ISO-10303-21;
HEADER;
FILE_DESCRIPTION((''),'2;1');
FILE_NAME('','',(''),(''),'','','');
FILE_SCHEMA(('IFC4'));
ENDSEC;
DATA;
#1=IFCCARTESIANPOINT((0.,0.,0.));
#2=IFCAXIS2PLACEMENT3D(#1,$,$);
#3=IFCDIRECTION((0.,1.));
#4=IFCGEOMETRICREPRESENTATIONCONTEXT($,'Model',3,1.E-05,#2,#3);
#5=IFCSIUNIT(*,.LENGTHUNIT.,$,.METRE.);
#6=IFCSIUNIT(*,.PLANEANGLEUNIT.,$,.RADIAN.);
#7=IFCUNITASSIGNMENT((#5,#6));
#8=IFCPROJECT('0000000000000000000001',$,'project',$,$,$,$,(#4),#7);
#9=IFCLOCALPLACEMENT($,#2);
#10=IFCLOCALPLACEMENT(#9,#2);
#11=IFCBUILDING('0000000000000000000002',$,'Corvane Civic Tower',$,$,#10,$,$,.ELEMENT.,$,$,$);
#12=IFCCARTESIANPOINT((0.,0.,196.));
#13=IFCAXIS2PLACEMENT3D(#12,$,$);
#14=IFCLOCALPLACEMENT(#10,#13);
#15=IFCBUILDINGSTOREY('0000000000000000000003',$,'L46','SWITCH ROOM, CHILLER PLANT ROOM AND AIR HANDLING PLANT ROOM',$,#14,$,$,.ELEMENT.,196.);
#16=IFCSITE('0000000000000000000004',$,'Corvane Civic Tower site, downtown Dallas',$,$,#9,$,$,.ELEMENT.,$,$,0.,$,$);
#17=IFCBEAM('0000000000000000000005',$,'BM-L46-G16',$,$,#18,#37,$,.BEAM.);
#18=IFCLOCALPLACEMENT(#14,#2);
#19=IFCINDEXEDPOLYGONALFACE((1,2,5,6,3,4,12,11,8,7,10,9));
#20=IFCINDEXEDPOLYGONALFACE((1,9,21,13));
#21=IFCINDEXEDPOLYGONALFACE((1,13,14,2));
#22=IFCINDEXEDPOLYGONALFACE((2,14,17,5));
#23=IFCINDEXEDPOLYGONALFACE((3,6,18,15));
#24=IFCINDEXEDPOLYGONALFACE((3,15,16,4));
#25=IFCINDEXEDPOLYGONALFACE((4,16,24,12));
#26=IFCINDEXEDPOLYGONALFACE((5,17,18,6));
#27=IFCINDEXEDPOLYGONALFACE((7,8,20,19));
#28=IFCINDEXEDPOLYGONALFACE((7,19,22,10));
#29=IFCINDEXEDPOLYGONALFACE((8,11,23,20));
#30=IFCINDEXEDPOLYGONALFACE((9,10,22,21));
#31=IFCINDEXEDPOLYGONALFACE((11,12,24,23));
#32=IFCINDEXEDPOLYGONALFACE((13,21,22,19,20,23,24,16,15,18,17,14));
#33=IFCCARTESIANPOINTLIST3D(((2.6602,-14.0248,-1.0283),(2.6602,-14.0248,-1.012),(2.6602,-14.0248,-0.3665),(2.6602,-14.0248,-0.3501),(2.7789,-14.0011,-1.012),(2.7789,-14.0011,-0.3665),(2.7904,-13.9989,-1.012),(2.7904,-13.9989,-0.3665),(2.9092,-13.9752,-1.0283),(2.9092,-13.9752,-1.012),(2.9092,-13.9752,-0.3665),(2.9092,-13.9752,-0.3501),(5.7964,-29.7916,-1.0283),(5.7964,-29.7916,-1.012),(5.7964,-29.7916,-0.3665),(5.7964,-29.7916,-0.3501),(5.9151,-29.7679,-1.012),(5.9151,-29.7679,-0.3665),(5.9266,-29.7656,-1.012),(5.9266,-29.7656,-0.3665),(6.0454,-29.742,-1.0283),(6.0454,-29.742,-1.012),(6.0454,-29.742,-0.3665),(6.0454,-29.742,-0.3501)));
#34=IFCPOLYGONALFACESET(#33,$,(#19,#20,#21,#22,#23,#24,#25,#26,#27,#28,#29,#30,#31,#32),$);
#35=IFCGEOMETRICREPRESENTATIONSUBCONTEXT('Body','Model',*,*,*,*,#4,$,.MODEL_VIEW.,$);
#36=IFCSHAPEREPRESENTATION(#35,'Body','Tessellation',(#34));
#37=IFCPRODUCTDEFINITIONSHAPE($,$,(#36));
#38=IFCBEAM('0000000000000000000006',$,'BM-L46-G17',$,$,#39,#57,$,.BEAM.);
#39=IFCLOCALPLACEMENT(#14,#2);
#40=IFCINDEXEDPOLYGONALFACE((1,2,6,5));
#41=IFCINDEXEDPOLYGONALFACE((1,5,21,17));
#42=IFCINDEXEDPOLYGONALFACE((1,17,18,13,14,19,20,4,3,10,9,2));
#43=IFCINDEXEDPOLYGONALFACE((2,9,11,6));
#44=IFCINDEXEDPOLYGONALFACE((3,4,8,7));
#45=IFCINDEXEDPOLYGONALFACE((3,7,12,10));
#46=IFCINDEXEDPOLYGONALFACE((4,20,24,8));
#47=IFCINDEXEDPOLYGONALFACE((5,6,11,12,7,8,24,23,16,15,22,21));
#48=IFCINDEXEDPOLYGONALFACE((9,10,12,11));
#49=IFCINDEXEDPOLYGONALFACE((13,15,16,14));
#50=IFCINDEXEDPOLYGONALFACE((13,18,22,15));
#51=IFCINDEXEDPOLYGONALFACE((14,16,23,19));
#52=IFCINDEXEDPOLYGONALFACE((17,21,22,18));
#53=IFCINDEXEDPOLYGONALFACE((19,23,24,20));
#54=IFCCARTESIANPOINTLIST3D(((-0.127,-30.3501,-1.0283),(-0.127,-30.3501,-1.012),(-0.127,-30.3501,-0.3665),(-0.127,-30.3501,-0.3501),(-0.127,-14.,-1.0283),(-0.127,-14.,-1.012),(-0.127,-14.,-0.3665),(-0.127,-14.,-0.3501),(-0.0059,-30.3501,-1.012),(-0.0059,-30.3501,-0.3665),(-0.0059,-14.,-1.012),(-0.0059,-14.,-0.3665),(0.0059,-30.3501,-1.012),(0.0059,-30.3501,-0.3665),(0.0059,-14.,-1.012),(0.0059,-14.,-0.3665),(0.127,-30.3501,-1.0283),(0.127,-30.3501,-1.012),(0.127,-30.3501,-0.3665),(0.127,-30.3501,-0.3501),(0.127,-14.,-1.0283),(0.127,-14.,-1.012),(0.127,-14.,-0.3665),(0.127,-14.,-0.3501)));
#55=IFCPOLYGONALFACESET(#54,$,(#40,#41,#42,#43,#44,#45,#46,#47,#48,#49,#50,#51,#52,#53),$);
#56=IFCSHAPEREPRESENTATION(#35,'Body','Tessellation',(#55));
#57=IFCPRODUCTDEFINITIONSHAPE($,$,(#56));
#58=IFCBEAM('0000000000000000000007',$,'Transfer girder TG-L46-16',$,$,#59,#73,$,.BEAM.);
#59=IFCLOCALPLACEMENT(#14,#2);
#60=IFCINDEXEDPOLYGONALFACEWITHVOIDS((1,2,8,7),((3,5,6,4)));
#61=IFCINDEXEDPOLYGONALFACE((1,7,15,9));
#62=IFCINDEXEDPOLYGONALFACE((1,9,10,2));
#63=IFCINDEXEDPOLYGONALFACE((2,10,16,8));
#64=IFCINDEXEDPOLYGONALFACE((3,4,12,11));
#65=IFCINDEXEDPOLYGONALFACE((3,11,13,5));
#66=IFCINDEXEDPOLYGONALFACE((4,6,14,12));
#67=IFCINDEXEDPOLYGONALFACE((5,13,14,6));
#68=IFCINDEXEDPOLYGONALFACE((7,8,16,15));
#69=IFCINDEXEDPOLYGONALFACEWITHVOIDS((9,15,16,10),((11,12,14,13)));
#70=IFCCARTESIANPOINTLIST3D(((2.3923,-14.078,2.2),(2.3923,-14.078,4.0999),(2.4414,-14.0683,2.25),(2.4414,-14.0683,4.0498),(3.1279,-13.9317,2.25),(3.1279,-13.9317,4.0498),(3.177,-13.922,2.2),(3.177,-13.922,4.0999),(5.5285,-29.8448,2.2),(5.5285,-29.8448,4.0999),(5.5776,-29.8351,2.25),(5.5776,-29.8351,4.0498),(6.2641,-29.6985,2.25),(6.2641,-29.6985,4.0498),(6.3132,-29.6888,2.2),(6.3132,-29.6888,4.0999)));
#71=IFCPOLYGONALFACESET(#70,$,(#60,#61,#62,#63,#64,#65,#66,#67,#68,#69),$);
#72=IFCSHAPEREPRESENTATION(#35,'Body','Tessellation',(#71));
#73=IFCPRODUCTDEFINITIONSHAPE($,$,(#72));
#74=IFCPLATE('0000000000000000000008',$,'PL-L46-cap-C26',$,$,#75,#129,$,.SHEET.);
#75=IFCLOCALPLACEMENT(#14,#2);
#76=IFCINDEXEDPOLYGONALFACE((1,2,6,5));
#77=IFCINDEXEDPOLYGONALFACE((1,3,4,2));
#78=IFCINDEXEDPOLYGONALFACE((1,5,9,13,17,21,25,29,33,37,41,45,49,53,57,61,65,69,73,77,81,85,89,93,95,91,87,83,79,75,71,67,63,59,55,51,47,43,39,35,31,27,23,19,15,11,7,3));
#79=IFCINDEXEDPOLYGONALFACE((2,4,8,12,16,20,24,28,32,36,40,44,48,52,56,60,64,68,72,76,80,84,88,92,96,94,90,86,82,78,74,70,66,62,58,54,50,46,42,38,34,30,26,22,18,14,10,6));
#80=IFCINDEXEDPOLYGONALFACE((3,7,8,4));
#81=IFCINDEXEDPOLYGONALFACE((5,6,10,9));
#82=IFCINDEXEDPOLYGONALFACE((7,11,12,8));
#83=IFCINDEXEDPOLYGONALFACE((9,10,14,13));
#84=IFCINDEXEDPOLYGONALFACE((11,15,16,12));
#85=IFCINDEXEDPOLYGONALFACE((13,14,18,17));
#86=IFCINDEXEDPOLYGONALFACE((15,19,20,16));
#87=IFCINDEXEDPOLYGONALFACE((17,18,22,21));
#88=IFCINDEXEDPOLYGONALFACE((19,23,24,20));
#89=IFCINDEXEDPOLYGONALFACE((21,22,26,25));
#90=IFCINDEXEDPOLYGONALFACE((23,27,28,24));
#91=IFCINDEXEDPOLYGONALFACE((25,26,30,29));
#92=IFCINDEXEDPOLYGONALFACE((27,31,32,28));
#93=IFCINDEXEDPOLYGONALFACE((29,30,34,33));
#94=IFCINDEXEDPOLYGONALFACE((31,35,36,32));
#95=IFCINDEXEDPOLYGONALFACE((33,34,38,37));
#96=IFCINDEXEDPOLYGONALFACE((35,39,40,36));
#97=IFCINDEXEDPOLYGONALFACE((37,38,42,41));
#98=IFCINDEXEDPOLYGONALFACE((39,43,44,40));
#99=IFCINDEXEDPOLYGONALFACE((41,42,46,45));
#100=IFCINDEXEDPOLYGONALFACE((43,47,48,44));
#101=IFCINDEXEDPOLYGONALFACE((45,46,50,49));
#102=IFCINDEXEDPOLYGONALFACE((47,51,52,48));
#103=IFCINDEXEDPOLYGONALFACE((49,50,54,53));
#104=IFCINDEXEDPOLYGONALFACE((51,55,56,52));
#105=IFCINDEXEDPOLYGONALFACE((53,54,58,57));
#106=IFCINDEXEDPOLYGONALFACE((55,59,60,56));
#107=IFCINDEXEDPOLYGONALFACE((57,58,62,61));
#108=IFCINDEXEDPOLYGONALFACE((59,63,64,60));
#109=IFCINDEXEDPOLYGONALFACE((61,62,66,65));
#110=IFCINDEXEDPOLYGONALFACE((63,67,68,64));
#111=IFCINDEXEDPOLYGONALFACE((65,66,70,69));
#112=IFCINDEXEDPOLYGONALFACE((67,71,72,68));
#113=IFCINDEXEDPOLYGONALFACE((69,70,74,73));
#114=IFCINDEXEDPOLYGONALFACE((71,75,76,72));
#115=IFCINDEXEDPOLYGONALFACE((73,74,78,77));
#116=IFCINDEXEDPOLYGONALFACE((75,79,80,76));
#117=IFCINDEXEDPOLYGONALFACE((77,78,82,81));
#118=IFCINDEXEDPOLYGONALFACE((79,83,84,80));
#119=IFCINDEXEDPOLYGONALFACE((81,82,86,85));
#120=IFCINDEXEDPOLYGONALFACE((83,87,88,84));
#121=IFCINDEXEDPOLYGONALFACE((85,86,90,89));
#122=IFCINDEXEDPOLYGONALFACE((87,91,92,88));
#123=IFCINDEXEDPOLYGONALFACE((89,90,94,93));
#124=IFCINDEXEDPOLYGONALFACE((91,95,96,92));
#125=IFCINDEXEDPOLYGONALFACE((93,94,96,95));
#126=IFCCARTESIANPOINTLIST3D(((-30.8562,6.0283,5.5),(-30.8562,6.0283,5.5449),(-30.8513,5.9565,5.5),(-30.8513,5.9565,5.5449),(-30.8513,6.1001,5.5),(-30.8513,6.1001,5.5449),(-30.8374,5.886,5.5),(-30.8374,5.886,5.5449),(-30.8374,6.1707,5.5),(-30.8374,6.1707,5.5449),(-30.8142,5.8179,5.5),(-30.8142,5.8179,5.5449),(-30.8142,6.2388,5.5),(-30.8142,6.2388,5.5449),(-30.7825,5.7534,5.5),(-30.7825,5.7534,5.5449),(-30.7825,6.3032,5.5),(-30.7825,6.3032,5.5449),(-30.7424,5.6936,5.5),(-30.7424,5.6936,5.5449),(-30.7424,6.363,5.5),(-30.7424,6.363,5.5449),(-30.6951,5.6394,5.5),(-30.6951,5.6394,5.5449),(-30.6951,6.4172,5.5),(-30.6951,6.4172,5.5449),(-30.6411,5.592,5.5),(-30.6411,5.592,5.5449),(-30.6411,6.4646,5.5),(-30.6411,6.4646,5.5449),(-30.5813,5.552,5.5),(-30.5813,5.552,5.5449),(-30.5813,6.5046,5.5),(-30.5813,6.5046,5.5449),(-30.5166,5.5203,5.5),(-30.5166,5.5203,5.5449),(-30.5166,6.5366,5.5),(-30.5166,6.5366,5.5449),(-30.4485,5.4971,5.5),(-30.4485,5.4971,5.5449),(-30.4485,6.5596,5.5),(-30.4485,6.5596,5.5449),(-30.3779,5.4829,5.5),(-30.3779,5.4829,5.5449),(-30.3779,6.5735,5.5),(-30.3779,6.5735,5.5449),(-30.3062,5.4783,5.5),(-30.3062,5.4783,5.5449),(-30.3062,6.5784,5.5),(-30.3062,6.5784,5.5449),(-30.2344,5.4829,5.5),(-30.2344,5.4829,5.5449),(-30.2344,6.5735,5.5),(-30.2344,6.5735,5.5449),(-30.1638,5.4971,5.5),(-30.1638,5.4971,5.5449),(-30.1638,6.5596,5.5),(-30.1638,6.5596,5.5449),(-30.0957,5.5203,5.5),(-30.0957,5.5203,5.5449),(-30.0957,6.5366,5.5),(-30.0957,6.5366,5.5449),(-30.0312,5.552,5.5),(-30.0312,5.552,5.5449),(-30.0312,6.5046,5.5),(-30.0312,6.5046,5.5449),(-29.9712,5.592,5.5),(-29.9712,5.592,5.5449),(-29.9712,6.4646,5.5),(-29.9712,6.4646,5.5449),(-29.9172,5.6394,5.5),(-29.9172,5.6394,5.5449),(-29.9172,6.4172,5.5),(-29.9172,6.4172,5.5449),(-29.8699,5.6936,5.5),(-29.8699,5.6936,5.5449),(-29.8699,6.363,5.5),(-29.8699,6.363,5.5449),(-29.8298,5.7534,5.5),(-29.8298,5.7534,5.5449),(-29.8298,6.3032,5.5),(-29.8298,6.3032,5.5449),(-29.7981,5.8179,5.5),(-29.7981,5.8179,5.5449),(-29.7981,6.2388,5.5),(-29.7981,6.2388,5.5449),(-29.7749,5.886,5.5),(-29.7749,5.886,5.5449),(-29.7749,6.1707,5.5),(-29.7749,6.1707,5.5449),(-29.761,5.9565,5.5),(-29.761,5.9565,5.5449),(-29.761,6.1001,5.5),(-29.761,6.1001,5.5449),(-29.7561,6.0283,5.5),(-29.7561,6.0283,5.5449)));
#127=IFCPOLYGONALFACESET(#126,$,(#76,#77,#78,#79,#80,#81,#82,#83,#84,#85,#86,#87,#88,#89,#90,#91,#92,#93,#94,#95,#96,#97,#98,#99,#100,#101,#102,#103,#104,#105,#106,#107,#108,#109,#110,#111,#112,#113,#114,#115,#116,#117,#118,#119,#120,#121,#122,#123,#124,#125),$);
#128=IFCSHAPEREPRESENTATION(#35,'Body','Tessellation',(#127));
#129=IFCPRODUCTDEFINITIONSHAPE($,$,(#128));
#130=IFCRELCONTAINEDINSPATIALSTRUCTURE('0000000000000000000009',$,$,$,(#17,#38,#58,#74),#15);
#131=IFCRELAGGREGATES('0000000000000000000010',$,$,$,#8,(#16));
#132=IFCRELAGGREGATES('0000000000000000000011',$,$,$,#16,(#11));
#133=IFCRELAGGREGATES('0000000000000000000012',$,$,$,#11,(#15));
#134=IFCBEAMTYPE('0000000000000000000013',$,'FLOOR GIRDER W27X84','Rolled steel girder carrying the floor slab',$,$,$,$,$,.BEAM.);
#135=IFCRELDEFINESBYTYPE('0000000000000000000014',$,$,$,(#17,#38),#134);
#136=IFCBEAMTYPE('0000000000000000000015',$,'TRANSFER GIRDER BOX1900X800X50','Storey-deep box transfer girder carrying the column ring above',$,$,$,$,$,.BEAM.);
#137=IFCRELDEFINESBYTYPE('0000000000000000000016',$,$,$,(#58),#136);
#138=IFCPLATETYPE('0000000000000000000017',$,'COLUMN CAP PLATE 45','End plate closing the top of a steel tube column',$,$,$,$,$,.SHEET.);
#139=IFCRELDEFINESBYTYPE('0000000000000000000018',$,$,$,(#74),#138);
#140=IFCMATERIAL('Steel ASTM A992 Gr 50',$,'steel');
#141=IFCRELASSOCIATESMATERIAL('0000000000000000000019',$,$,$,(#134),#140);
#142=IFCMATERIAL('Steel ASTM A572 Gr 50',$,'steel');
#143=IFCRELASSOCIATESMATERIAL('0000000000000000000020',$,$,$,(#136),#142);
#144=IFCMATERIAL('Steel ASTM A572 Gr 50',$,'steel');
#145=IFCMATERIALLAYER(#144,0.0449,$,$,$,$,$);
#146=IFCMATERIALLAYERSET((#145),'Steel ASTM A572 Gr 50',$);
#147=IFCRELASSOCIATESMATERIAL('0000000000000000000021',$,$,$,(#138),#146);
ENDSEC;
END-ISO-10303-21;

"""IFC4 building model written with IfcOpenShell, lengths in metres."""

from ifc_helpers import new_model, si_unit, direction, frame, origin, origin_2d, place, context, subcontext, project, spatial, polyline, hollow_rectangle, i_section, outline, extrude, material, layer, layer_set, material_profile, profile_set, type_object, element, save


model = new_model("IFC4")

# Units and contexts
model_context = context("Model", 3, precision=1e-05, world=origin(), true_north=direction((0.0, 1.0)))
body_context = subcontext(model_context, "Body", "Model", "MODEL_VIEW")
ifc_project = project(units=[si_unit("LENGTHUNIT", "METRE"), si_unit("PLANEANGLEUNIT", "RADIAN")], contexts=[model_context])

# Site, building, storey
site_placement = place(None, origin())
site = spatial("IfcSite", under=ifc_project, at=site_placement, Name="Corvane Civic Tower site, downtown Dallas", CompositionType="ELEMENT", RefElevation=0.0)
building_placement = place(site_placement, origin())
building = spatial("IfcBuilding", under=site, at=building_placement, Name="Corvane Civic Tower", CompositionType="ELEMENT")
storey_placement = place(building_placement, frame((0.0, 0.0, 196.0)))
storey = spatial("IfcBuildingStorey", under=building, at=storey_placement, Name="L46", Description="SWITCH ROOM, CHILLER PLANT ROOM AND AIR HANDLING PLANT ROOM", CompositionType="ELEMENT", Elevation=196.0)

# Beams
ifc_material_1 = material(Name="Steel ASTM A992 Gr 50", Category="steel")
ifc_material_profile_1 = material_profile(ifc_material_1, i_section(OverallWidth=0.2539, OverallDepth=0.6782, WebThickness=0.0117, FlangeThickness=0.0164, at=origin_2d()), Name="W27X84")
ifc_profile_set_1 = profile_set([ifc_material_profile_1], Name="Steel ASTM A992 Gr 50")
beam_type_1 = type_object("IfcBeamType", Name="FLOOR GIRDER W27X84", Description="Rolled steel girder carrying the floor slab", PredefinedType="BEAM", material=ifc_profile_set_1)
beam_1_placement = place(storey_placement, frame((2.7847, -14.0, -0.6892), z_axis=(0.195091, -0.980785, 0.0), x_axis=(0.980785, 0.195091, 0.0)))
element("IfcBeam", 1, at=beam_1_placement, inside=storey, type_object=beam_type_1, Name="BM-L46-G16", PredefinedType="BEAM", context=body_context, shape_type="SweptSolid", body=[
    extrude(i_section(OverallWidth=0.2539, OverallDepth=0.6782, WebThickness=0.0117, FlangeThickness=0.0164, at=origin_2d()), origin(), (0.0, 0.0, 1.0), 16.0757),
])
beam_2_placement = place(storey_placement, frame((0.0, -14.0, -0.6892), z_axis=(0.0, -1.0, 0.0), x_axis=(1.0, 0.0, 0.0)))
element("IfcBeam", 2, at=beam_2_placement, inside=storey, type_object=beam_type_1, Name="BM-L46-G17", PredefinedType="BEAM", context=body_context, shape_type="SweptSolid", body=[
    extrude(i_section(OverallWidth=0.2539, OverallDepth=0.6782, WebThickness=0.0117, FlangeThickness=0.0164, at=origin_2d()), origin(), (0.0, 0.0, 1.0), 16.3501),
])
ifc_material_2 = material(Name="Steel ASTM A572 Gr 50", Category="steel")
ifc_material_profile_2 = material_profile(ifc_material_2, hollow_rectangle(XDim=0.8, YDim=1.8999, WallThickness=0.05, at=origin_2d()), Name="BOX1900X800X50")
ifc_profile_set_2 = profile_set([ifc_material_profile_2], Name="Steel ASTM A572 Gr 50")
beam_type_2 = type_object("IfcBeamType", Name="TRANSFER GIRDER BOX1900X800X50", Description="Storey-deep box transfer girder carrying the column ring above", PredefinedType="BEAM", material=ifc_profile_set_2)
beam_3_placement = place(storey_placement, frame((2.7847, -14.0, 3.1499), z_axis=(0.195091, -0.980785, 0.0), x_axis=(0.980785, 0.195091, 0.0)))
element("IfcBeam", 3, at=beam_3_placement, inside=storey, type_object=beam_type_2, Name="Transfer girder TG-L46-16", PredefinedType="BEAM", context=body_context, shape_type="SweptSolid", body=[
    extrude(hollow_rectangle(XDim=0.8, YDim=1.8999, WallThickness=0.05, at=origin_2d()), origin(), (0.0, 0.0, 1.0), 16.0757),
])

# Plate
ifc_material_3 = material(Name="Steel ASTM A572 Gr 50", Category="steel")
ifc_layer_1 = layer(ifc_material_3, 0.0449)
ifc_layer_set_1 = layer_set([ifc_layer_1], Name="Steel ASTM A572 Gr 50")
plate_type = type_object("IfcPlateType", Name="COLUMN CAP PLATE 45", Description="End plate closing the top of a steel tube column", PredefinedType="SHEET", material=ifc_layer_set_1)
plate_1_placement = place(storey_placement, frame((0.0, 0.0, 5.5)))
element("IfcPlate", 4, at=plate_1_placement, inside=storey, type_object=plate_type, Name="PL-L46-cap-C26", PredefinedType="SHEET", context=body_context, shape_type="SweptSolid", body=[
    extrude(outline(polyline([(-29.7561, 6.0283), (-29.761, 6.1001), (-29.7749, 6.1707), (-29.7981, 6.2388), (-29.8298, 6.3032), (-29.8699, 6.363), (-29.9172, 6.4172), (-29.9712, 6.4646), (-30.0312, 6.5046), (-30.0957, 6.5366), (-30.1638, 6.5596), (-30.2344, 6.5735), (-30.3062, 6.5784), (-30.3779, 6.5735), (-30.4485, 6.5596), (-30.5166, 6.5366), (-30.5813, 6.5046), (-30.6411, 6.4646), (-30.6951, 6.4172), (-30.7424, 6.363), (-30.7825, 6.3032), (-30.8142, 6.2388), (-30.8374, 6.1707), (-30.8513, 6.1001), (-30.8562, 6.0283), (-30.8513, 5.9565), (-30.8374, 5.886), (-30.8142, 5.8179), (-30.7825, 5.7534), (-30.7424, 5.6936), (-30.6951, 5.6394), (-30.6411, 5.592), (-30.5813, 5.552), (-30.5166, 5.5203), (-30.4485, 5.4971), (-30.3779, 5.4829), (-30.3062, 5.4783), (-30.2344, 5.4829), (-30.1638, 5.4971), (-30.0957, 5.5203), (-30.0312, 5.552), (-29.9712, 5.592), (-29.9172, 5.6394), (-29.8699, 5.6936), (-29.8298, 5.7534), (-29.7981, 5.8179), (-29.7749, 5.886), (-29.761, 5.9565), (-29.7561, 6.0283)])), origin(), (0.0, 0.0, 1.0), 0.0449),
])

save(model, "model.ifc")
